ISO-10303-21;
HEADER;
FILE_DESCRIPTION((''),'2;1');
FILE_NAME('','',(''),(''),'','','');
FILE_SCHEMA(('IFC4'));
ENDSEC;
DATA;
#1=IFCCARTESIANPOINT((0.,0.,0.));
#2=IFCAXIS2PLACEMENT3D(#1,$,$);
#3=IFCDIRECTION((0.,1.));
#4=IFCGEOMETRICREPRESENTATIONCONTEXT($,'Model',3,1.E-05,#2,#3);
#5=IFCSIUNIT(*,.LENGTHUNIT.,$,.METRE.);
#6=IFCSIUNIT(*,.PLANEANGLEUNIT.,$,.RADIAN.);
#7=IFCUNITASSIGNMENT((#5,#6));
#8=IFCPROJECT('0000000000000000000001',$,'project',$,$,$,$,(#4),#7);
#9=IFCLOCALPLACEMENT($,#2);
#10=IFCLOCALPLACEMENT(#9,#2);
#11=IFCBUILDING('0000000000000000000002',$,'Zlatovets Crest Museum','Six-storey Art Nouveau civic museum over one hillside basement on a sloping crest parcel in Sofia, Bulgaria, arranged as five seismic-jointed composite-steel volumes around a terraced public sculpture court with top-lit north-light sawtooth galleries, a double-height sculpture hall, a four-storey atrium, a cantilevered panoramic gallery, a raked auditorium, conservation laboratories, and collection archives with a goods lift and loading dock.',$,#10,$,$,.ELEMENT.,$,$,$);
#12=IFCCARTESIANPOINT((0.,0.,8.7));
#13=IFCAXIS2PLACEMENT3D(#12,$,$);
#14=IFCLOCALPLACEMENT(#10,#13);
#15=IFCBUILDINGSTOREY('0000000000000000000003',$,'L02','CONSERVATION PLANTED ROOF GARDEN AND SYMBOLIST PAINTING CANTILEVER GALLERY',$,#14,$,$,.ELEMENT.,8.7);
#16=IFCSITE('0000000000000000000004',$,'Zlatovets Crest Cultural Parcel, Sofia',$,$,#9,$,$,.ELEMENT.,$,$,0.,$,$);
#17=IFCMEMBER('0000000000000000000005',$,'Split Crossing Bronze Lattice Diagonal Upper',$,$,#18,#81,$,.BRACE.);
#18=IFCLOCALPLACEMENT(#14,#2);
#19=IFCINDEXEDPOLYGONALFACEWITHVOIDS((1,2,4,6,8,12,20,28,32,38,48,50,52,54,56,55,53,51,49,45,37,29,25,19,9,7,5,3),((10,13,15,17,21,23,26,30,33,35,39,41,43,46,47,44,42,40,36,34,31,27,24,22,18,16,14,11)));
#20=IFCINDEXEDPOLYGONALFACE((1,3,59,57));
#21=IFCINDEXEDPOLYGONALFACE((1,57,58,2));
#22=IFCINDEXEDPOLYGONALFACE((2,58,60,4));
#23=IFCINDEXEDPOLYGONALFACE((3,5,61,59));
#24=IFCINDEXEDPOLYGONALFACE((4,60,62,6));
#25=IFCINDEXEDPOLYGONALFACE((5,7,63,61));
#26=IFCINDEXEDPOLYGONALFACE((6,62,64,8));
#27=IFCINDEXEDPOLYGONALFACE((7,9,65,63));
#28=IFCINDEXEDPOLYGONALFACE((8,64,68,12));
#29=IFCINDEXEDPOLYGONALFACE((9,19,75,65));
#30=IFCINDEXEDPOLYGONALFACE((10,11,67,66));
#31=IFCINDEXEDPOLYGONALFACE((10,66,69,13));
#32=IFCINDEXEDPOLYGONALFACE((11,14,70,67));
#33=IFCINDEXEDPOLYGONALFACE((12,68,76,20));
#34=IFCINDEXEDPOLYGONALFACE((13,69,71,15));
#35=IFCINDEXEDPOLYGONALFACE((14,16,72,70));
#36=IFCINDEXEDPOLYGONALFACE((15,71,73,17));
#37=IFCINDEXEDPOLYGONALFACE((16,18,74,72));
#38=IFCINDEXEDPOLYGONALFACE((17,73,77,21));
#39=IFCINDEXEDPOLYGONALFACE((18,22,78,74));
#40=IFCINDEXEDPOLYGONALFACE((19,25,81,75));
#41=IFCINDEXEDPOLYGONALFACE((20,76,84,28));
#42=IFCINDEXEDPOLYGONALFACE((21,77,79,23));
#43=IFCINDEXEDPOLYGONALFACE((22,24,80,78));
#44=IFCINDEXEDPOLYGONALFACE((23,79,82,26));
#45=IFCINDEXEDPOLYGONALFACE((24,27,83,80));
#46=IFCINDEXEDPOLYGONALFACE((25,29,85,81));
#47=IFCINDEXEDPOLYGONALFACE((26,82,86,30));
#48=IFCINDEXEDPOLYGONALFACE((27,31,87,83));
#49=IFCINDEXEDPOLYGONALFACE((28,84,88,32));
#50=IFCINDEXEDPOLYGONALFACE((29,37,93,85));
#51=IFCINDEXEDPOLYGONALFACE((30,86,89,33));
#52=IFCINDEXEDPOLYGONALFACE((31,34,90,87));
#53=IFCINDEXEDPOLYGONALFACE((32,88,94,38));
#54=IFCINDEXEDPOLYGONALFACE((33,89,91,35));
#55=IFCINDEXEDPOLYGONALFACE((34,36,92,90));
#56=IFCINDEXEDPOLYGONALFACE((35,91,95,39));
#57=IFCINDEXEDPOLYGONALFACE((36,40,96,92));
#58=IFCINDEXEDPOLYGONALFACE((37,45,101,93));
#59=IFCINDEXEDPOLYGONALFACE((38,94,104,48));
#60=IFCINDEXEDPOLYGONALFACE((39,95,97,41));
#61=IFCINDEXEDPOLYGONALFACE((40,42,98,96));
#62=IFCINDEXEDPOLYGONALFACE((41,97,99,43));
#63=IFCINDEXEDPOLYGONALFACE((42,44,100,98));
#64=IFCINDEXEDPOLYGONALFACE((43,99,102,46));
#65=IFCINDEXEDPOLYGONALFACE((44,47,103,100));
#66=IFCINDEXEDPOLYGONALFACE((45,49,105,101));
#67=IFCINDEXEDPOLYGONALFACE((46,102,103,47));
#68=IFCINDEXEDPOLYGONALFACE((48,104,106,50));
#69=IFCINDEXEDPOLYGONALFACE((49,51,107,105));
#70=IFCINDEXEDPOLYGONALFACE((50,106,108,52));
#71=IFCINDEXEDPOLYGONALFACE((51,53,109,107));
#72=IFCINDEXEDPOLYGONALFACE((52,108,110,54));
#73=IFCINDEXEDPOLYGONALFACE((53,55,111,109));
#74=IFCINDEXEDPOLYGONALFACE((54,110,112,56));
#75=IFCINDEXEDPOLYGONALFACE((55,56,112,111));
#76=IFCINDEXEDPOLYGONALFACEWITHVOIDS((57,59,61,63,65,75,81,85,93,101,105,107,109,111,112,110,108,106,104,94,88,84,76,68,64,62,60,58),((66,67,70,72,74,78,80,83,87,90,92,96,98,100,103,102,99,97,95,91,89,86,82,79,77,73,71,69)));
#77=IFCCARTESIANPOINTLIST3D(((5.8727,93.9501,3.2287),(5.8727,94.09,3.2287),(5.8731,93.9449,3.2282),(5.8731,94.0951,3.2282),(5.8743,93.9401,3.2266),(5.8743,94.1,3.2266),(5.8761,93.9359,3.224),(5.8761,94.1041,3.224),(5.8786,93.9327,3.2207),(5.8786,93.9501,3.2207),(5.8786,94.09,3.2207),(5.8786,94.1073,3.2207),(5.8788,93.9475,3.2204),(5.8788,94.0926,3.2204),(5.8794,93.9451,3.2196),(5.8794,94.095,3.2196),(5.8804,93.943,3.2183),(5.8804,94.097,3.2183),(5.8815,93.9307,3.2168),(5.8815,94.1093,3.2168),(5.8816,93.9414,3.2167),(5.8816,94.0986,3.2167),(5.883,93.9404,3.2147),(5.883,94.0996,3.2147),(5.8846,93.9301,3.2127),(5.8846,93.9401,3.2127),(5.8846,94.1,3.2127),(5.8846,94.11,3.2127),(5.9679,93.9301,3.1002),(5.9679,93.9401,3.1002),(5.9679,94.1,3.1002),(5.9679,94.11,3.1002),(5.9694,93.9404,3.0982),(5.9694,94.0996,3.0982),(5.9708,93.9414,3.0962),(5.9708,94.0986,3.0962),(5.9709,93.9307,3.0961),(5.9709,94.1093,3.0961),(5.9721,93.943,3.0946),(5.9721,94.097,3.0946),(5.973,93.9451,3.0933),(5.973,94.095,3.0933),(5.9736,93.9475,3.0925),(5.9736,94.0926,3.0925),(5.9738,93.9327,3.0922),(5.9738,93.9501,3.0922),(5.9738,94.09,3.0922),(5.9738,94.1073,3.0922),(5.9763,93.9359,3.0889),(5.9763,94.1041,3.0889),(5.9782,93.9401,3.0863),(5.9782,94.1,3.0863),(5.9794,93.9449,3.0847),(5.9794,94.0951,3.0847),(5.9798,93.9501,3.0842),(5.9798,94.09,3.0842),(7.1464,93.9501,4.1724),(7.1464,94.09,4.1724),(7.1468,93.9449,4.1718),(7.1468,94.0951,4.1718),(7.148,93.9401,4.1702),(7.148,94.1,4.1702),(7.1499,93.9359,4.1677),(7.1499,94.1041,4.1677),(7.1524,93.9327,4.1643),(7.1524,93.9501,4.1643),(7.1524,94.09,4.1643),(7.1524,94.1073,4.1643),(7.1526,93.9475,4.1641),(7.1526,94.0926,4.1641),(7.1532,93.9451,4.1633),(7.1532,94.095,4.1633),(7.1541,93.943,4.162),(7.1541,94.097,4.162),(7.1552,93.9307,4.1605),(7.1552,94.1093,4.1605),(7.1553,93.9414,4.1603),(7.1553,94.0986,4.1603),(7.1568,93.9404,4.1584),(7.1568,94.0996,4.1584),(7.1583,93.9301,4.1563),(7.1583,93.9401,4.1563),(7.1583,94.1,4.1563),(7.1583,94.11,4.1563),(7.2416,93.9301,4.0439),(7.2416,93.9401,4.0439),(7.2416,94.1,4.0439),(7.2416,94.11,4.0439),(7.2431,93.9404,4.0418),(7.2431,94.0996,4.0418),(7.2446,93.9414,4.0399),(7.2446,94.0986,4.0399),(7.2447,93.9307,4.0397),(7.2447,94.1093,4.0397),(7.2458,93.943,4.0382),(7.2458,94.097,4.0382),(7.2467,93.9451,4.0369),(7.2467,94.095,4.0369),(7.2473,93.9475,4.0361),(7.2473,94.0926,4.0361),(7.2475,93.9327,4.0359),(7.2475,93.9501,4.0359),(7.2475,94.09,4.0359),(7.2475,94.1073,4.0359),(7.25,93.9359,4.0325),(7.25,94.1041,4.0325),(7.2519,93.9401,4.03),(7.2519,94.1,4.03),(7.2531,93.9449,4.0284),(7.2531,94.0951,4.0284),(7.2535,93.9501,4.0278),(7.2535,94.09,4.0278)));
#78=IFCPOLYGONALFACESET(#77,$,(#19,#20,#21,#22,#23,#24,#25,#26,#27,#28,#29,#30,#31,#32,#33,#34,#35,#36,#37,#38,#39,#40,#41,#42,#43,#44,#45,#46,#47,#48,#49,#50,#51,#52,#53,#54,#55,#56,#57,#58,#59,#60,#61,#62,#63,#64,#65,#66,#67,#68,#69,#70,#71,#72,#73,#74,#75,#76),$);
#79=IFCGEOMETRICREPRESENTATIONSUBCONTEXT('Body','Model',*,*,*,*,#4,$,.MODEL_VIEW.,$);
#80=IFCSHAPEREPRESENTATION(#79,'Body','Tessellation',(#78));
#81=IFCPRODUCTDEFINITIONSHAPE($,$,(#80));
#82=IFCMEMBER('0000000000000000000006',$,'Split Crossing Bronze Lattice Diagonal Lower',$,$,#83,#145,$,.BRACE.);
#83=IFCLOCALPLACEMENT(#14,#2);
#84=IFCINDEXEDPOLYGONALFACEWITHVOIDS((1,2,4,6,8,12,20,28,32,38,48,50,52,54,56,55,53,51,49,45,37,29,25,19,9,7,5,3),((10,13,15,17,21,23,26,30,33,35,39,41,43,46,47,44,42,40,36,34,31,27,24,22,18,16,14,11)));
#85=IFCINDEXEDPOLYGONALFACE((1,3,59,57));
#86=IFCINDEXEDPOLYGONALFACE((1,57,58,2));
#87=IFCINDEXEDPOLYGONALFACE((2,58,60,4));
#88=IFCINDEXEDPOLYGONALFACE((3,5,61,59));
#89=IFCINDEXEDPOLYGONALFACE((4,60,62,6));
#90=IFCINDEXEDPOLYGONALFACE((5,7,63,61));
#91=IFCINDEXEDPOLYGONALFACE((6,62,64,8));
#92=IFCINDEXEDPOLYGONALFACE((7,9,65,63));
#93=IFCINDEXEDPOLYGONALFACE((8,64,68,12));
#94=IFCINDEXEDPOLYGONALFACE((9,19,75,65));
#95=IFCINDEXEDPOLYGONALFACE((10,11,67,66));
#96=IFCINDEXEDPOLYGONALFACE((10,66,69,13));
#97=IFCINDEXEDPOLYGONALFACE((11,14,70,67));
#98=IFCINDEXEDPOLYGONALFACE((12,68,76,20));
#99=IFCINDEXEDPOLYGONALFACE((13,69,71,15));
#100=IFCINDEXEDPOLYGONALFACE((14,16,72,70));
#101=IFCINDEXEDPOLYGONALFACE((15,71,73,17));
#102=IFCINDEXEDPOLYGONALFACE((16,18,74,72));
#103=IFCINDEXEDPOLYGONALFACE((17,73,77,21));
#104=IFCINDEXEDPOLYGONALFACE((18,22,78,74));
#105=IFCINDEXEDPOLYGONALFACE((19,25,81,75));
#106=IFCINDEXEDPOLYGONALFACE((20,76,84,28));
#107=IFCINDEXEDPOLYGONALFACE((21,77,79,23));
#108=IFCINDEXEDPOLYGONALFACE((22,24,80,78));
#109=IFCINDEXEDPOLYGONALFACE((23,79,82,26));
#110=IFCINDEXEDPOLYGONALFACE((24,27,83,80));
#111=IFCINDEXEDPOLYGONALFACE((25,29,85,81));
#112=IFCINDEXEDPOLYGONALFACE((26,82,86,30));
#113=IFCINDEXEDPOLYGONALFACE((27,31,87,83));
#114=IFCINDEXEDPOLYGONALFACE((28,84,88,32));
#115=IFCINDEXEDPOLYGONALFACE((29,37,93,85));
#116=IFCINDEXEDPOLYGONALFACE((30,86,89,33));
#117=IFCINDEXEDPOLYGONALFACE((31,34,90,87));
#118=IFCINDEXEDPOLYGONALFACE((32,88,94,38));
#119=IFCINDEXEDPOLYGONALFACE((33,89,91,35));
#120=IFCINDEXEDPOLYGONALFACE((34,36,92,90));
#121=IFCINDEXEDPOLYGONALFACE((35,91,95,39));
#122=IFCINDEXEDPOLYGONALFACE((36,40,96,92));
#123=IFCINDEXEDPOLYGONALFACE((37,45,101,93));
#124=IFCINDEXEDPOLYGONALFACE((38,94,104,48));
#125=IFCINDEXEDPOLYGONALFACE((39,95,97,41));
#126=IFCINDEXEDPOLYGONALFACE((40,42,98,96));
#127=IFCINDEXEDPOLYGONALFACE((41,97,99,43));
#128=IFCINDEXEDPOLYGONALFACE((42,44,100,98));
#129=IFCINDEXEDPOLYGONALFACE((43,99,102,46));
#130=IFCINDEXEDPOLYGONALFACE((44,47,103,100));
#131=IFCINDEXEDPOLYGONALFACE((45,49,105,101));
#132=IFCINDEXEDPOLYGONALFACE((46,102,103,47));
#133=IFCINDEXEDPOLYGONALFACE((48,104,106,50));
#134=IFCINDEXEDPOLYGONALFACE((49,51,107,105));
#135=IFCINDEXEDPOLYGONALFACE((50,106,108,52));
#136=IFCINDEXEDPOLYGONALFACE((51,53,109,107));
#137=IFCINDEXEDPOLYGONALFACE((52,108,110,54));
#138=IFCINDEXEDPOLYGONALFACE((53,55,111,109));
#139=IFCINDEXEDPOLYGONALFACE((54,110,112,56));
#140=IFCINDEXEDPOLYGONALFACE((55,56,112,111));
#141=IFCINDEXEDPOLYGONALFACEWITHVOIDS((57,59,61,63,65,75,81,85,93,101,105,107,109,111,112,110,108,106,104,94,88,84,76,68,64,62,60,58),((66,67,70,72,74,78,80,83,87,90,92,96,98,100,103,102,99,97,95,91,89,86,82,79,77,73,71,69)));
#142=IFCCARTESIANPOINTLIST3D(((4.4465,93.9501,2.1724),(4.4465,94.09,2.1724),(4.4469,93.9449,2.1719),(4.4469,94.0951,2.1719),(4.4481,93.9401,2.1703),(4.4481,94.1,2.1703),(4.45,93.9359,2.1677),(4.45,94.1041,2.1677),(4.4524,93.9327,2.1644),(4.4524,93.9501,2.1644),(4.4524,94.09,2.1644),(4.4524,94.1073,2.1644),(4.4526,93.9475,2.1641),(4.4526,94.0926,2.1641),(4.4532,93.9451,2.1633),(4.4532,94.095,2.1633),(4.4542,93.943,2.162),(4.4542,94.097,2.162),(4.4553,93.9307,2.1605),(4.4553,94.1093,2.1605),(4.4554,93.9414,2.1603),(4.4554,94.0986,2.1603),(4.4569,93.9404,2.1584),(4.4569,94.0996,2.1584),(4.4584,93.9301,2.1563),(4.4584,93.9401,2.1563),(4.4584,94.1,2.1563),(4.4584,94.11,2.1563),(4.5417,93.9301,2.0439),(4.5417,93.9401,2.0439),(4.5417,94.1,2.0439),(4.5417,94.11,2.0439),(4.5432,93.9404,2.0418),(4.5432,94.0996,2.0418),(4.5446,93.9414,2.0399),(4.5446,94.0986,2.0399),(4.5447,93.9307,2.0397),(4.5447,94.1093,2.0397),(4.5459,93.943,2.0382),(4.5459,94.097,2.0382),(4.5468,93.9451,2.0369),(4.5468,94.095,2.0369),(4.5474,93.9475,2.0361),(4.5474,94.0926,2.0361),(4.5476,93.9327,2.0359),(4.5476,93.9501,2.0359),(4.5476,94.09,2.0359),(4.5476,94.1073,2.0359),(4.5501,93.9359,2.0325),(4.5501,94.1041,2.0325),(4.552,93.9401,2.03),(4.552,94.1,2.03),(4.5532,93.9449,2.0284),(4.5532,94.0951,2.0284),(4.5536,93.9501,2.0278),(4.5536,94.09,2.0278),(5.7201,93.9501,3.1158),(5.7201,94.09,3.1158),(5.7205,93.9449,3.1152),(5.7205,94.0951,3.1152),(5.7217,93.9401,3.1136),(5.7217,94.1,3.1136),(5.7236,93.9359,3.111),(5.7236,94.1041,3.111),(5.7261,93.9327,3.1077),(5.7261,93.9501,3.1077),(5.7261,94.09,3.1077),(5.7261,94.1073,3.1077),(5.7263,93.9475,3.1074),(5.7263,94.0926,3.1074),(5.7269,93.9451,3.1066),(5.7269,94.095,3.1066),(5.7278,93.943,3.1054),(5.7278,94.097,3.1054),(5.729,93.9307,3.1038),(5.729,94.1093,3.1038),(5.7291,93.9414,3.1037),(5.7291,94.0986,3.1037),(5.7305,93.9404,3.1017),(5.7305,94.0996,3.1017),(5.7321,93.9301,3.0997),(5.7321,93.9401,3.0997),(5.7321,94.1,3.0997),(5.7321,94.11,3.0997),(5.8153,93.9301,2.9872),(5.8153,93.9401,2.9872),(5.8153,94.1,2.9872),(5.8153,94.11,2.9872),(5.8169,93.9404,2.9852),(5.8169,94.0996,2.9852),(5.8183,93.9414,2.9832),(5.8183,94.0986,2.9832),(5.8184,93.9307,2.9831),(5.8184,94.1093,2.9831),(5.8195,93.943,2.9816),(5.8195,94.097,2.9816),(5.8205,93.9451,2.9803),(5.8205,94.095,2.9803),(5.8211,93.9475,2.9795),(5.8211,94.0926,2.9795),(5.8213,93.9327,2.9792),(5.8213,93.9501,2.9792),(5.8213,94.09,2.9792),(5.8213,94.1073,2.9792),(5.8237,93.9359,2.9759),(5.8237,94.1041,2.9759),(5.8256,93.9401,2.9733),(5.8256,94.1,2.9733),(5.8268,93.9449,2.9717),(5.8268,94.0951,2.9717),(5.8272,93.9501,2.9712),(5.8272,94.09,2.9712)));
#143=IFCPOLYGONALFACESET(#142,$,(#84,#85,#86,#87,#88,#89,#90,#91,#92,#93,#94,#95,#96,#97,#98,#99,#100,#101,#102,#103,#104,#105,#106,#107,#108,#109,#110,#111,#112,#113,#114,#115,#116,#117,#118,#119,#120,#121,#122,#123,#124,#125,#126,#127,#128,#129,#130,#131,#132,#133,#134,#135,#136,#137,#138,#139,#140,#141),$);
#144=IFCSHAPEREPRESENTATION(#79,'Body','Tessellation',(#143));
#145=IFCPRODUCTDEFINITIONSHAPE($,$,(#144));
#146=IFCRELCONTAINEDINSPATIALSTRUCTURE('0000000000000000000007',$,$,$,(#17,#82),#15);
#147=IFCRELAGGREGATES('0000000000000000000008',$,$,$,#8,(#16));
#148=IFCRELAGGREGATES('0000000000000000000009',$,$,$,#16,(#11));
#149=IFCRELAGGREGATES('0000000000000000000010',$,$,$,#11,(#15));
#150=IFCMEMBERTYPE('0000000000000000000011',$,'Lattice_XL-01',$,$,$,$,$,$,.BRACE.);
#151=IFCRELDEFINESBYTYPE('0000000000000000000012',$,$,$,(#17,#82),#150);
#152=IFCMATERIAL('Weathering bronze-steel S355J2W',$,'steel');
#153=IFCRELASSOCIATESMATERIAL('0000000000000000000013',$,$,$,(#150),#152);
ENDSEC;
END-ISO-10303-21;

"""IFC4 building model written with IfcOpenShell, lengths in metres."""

from ifc_helpers import new_model, si_unit, direction, frame, origin, origin_2d, place, context, subcontext, project, spatial, hollow_rectangle, extrude, material, material_profile, profile_set, type_object, element, save


model = new_model("IFC4")

# Units and contexts
model_context = context("Model", 3, precision=1e-05, world=origin(), true_north=direction((0.0, 1.0)))
body_context = subcontext(model_context, "Body", "Model", "MODEL_VIEW")
ifc_project = project(units=[si_unit("LENGTHUNIT", "METRE"), si_unit("PLANEANGLEUNIT", "RADIAN")], contexts=[model_context])

# Site, building, storey
site_placement = place(None, origin())
site = spatial("IfcSite", under=ifc_project, at=site_placement, Name="Zlatovets Crest Cultural Parcel, Sofia", CompositionType="ELEMENT", RefElevation=0.0)
building_placement = place(site_placement, origin())
building = spatial("IfcBuilding", under=site, at=building_placement, Name="Zlatovets Crest Museum", Description="Six-storey Art Nouveau civic museum over one hillside basement on a sloping crest parcel in Sofia, Bulgaria, arranged as five seismic-jointed composite-steel volumes around a terraced public sculpture court with top-lit north-light sawtooth galleries, a double-height sculpture hall, a four-storey atrium, a cantilevered panoramic gallery, a raked auditorium, conservation laboratories, and collection archives with a goods lift and loading dock.", CompositionType="ELEMENT")
storey_placement = place(building_placement, frame((0.0, 0.0, 8.7)))
storey = spatial("IfcBuildingStorey", under=building, at=storey_placement, Name="L02", Description="CONSERVATION PLANTED ROOF GARDEN AND SYMBOLIST PAINTING CANTILEVER GALLERY", CompositionType="ELEMENT", Elevation=8.7)

# Members
ifc_material_1 = material(Name="Weathering bronze-steel S355J2W", Category="steel")
ifc_material_profile_1 = material_profile(ifc_material_1, hollow_rectangle(XDim=0.1799, YDim=0.1799, WallThickness=0.01, InnerFilletRadius=0.01, OuterFilletRadius=0.02, at=origin_2d()), Name="SHS 180x180x10.0")
ifc_profile_set_1 = profile_set([ifc_material_profile_1], Name="Weathering bronze-steel S355J2W")
member_type_1 = type_object("IfcMemberType", Name="Lattice_XL-01", PredefinedType="BRACE", material=ifc_profile_set_1)
member_1_placement = place(storey_placement, frame((7.2, 94.02, 4.1001), z_axis=(-0.803516, 0.0, -0.595283), x_axis=(0.0, -1.0, 0.0)))
element("IfcMember", 1, at=member_1_placement, inside=storey, type_object=member_type_1, Name="Split Crossing Bronze Lattice Diagonal Upper", PredefinedType="BRACE", context=body_context, shape_type="SweptSolid", body=[
    extrude(hollow_rectangle(XDim=0.1799, YDim=0.1799, WallThickness=0.01, InnerFilletRadius=0.01, OuterFilletRadius=0.02, at=origin_2d()), origin(), (0.0, 0.0, 1.0), 1.5852),
])
member_2_placement = place(storey_placement, frame((5.7737, 94.02, 3.0435), z_axis=(-0.80359, 0.0, -0.595183), x_axis=(0.0, -1.0, 0.0)))
element("IfcMember", 2, at=member_2_placement, inside=storey, type_object=member_type_1, Name="Split Crossing Bronze Lattice Diagonal Lower", PredefinedType="BRACE", context=body_context, shape_type="SweptSolid", body=[
    extrude(hollow_rectangle(XDim=0.1799, YDim=0.1799, WallThickness=0.01, InnerFilletRadius=0.01, OuterFilletRadius=0.02, at=origin_2d()), origin(), (0.0, 0.0, 1.0), 1.585),
])

save(model, "model.ifc")
